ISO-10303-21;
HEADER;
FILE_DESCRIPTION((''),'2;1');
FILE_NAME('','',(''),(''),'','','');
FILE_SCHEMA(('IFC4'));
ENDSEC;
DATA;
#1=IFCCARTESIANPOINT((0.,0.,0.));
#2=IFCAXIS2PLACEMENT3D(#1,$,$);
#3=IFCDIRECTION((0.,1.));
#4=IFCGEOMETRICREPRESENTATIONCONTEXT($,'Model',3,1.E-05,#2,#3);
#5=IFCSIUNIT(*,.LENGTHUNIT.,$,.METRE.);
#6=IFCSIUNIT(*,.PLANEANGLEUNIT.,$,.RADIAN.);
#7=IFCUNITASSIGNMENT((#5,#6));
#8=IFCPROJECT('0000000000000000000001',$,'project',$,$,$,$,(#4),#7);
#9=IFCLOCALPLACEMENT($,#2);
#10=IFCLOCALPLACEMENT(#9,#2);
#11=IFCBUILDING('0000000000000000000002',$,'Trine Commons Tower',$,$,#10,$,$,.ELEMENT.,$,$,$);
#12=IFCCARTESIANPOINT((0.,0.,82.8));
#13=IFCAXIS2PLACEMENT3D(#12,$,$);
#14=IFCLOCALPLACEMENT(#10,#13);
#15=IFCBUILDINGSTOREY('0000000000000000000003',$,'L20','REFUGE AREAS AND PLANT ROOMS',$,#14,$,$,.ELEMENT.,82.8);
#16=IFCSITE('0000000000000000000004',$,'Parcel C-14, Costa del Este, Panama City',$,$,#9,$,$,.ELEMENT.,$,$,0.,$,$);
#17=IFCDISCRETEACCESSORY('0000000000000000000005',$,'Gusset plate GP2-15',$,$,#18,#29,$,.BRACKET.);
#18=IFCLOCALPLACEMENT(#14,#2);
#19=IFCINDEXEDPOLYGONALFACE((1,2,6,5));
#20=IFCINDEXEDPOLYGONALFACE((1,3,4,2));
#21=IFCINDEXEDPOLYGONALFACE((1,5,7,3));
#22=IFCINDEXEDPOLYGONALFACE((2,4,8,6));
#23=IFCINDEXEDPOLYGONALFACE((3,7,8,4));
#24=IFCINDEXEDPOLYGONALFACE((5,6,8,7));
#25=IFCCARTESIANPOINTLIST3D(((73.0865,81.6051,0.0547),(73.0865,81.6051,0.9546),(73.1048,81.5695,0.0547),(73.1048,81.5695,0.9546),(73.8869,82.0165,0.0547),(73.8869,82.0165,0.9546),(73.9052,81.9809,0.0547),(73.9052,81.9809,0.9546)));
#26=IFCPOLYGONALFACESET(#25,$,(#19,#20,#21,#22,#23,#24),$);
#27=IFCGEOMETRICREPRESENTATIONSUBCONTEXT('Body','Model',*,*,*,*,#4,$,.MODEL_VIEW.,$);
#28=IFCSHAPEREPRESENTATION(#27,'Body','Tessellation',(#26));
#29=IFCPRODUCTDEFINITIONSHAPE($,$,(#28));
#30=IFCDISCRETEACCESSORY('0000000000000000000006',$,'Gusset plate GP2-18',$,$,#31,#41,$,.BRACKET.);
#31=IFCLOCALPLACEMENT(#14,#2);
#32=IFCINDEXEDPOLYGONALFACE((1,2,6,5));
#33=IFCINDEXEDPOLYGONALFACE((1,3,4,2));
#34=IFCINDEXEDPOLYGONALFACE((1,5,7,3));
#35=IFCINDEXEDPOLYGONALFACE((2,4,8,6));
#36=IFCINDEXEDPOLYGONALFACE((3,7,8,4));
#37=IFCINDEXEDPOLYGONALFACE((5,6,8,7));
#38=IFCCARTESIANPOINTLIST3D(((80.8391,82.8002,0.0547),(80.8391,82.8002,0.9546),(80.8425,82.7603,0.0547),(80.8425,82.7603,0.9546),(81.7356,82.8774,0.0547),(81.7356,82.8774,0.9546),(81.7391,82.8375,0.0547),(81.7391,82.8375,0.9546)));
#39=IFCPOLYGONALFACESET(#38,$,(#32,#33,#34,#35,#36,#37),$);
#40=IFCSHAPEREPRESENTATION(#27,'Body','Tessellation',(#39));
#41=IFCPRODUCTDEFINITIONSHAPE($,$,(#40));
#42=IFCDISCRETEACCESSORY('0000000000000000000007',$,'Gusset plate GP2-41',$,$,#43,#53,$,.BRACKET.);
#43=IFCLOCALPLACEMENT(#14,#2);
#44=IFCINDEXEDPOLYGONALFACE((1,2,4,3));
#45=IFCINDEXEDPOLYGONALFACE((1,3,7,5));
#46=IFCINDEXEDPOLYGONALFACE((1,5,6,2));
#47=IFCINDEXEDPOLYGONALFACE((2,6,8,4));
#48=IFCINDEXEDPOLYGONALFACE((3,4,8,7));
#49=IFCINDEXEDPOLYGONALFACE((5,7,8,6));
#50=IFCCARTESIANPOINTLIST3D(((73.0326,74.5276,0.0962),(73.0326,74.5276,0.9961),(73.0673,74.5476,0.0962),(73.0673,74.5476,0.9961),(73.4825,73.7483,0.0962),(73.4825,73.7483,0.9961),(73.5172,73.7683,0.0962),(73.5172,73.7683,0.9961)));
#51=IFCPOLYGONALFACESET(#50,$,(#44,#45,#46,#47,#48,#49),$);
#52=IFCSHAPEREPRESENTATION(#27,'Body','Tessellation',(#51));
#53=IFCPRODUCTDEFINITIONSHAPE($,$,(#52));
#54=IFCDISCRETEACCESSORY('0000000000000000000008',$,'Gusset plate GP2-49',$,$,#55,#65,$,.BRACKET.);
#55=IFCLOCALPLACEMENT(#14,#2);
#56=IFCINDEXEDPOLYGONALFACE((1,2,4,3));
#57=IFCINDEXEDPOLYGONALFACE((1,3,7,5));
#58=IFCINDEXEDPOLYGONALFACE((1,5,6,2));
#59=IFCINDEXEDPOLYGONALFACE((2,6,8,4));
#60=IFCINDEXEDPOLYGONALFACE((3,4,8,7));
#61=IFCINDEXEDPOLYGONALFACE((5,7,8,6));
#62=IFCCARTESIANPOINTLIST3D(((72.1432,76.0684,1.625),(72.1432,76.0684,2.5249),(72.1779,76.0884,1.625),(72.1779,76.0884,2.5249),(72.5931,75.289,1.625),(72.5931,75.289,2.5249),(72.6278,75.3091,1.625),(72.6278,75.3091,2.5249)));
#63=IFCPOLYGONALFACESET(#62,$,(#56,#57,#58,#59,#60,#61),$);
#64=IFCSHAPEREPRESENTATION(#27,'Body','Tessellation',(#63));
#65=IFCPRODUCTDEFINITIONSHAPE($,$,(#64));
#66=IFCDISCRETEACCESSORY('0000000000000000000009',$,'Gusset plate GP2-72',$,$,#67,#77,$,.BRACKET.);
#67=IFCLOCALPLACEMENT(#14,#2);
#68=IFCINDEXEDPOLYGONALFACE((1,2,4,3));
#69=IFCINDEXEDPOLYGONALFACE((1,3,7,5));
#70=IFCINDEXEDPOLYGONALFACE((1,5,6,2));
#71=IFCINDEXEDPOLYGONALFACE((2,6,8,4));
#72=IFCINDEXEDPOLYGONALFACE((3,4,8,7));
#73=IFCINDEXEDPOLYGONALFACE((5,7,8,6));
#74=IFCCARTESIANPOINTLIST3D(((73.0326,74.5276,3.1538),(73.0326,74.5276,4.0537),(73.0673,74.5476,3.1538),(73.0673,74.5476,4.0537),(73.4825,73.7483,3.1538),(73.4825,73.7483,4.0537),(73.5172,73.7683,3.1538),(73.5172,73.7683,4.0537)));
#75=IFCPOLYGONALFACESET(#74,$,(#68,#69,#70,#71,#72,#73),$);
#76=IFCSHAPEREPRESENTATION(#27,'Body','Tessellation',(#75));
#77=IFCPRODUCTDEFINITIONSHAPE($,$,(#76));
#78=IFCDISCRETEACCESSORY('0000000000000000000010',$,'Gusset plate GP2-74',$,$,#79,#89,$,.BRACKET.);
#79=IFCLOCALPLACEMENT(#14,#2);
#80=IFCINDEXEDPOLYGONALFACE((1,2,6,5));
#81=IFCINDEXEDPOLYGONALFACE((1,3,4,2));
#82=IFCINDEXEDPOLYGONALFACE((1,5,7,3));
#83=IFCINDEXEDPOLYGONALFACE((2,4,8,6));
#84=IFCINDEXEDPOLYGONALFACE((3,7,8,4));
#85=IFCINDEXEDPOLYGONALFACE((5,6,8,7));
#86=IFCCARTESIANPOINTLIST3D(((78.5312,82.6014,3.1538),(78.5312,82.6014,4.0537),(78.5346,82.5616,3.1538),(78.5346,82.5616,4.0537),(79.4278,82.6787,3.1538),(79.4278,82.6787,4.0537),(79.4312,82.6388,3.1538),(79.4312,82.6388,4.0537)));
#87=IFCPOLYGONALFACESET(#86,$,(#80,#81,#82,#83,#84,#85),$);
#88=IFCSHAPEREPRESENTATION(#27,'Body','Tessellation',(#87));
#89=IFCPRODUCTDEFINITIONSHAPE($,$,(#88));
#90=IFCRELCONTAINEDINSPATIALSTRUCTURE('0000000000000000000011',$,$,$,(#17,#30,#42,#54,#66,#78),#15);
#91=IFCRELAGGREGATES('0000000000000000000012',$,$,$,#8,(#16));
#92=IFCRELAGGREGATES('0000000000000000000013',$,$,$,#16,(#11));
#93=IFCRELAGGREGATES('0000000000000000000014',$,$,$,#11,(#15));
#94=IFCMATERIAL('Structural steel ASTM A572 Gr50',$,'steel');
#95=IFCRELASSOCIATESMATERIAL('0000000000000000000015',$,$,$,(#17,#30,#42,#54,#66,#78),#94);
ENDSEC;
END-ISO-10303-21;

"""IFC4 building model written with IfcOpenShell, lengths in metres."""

from ifc_helpers import new_model, si_unit, direction, frame, origin, origin_2d, place, context, subcontext, project, spatial, rectangle, extrude, material, element, save


model = new_model("IFC4")

# Units and contexts
model_context = context("Model", 3, precision=1e-05, world=origin(), true_north=direction((0.0, 1.0)))
body_context = subcontext(model_context, "Body", "Model", "MODEL_VIEW")
ifc_project = project(units=[si_unit("LENGTHUNIT", "METRE"), si_unit("PLANEANGLEUNIT", "RADIAN")], contexts=[model_context])

# Site, building, storey
site_placement = place(None, origin())
site = spatial("IfcSite", under=ifc_project, at=site_placement, Name="Parcel C-14, Costa del Este, Panama City", CompositionType="ELEMENT", RefElevation=0.0)
building_placement = place(site_placement, origin())
building = spatial("IfcBuilding", under=site, at=building_placement, Name="Trine Commons Tower", CompositionType="ELEMENT")
storey_placement = place(building_placement, frame((0.0, 0.0, 82.8)))
storey = spatial("IfcBuildingStorey", under=building, at=storey_placement, Name="L20", Description="REFUGE AREAS AND PLANT ROOMS", CompositionType="ELEMENT", Elevation=82.8)

# Discrete accessories
ifc_material_1 = material(Name="Structural steel ASTM A572 Gr50", Category="steel")
for number, where, z_axis, x_axis, name in (
    (1, (73.4958, 81.793, 0.0547), (0.0, 0.0, 1.0), (-0.889392, -0.457144, 0.0), "Gusset plate GP2-15"),
    (2, (81.2891, 82.8188, 0.0547), (0.0, 0.0, 1.0), (-0.996311, -0.085817, 0.0), "Gusset plate GP2-18"),
    (3, (73.2749, 74.1479, 0.0962), (0.0, 0.0, 1.0), (-0.5, 0.866025, 0.0), "Gusset plate GP2-41"),
    (4, (72.3855, 75.6887, 1.625), (0.0, 0.0, 1.0), (-0.49997, 0.866043, 0.0), "Gusset plate GP2-49"),
    (5, (73.2749, 74.1479, 3.1538), (0.0, 0.0, 1.0), (-0.49997, 0.866043, 0.0), "Gusset plate GP2-72"),
    (6, (78.9812, 82.6201, 3.1538), (0.0, 0.0, 1.0), (-0.996311, -0.085817, 0.0), "Gusset plate GP2-74"),
):
    element("IfcDiscreteAccessory", number, at=place(storey_placement, frame(where, z_axis=z_axis, x_axis=x_axis)), inside=storey, material=ifc_material_1, Name=name, PredefinedType="BRACKET", context=body_context, shape_type="SweptSolid", body=[
        extrude(rectangle(XDim=0.8999, YDim=0.04, at=origin_2d()), origin(), (0.0, 0.0, 1.0), 0.8999),
    ])

save(model, "model.ifc")
